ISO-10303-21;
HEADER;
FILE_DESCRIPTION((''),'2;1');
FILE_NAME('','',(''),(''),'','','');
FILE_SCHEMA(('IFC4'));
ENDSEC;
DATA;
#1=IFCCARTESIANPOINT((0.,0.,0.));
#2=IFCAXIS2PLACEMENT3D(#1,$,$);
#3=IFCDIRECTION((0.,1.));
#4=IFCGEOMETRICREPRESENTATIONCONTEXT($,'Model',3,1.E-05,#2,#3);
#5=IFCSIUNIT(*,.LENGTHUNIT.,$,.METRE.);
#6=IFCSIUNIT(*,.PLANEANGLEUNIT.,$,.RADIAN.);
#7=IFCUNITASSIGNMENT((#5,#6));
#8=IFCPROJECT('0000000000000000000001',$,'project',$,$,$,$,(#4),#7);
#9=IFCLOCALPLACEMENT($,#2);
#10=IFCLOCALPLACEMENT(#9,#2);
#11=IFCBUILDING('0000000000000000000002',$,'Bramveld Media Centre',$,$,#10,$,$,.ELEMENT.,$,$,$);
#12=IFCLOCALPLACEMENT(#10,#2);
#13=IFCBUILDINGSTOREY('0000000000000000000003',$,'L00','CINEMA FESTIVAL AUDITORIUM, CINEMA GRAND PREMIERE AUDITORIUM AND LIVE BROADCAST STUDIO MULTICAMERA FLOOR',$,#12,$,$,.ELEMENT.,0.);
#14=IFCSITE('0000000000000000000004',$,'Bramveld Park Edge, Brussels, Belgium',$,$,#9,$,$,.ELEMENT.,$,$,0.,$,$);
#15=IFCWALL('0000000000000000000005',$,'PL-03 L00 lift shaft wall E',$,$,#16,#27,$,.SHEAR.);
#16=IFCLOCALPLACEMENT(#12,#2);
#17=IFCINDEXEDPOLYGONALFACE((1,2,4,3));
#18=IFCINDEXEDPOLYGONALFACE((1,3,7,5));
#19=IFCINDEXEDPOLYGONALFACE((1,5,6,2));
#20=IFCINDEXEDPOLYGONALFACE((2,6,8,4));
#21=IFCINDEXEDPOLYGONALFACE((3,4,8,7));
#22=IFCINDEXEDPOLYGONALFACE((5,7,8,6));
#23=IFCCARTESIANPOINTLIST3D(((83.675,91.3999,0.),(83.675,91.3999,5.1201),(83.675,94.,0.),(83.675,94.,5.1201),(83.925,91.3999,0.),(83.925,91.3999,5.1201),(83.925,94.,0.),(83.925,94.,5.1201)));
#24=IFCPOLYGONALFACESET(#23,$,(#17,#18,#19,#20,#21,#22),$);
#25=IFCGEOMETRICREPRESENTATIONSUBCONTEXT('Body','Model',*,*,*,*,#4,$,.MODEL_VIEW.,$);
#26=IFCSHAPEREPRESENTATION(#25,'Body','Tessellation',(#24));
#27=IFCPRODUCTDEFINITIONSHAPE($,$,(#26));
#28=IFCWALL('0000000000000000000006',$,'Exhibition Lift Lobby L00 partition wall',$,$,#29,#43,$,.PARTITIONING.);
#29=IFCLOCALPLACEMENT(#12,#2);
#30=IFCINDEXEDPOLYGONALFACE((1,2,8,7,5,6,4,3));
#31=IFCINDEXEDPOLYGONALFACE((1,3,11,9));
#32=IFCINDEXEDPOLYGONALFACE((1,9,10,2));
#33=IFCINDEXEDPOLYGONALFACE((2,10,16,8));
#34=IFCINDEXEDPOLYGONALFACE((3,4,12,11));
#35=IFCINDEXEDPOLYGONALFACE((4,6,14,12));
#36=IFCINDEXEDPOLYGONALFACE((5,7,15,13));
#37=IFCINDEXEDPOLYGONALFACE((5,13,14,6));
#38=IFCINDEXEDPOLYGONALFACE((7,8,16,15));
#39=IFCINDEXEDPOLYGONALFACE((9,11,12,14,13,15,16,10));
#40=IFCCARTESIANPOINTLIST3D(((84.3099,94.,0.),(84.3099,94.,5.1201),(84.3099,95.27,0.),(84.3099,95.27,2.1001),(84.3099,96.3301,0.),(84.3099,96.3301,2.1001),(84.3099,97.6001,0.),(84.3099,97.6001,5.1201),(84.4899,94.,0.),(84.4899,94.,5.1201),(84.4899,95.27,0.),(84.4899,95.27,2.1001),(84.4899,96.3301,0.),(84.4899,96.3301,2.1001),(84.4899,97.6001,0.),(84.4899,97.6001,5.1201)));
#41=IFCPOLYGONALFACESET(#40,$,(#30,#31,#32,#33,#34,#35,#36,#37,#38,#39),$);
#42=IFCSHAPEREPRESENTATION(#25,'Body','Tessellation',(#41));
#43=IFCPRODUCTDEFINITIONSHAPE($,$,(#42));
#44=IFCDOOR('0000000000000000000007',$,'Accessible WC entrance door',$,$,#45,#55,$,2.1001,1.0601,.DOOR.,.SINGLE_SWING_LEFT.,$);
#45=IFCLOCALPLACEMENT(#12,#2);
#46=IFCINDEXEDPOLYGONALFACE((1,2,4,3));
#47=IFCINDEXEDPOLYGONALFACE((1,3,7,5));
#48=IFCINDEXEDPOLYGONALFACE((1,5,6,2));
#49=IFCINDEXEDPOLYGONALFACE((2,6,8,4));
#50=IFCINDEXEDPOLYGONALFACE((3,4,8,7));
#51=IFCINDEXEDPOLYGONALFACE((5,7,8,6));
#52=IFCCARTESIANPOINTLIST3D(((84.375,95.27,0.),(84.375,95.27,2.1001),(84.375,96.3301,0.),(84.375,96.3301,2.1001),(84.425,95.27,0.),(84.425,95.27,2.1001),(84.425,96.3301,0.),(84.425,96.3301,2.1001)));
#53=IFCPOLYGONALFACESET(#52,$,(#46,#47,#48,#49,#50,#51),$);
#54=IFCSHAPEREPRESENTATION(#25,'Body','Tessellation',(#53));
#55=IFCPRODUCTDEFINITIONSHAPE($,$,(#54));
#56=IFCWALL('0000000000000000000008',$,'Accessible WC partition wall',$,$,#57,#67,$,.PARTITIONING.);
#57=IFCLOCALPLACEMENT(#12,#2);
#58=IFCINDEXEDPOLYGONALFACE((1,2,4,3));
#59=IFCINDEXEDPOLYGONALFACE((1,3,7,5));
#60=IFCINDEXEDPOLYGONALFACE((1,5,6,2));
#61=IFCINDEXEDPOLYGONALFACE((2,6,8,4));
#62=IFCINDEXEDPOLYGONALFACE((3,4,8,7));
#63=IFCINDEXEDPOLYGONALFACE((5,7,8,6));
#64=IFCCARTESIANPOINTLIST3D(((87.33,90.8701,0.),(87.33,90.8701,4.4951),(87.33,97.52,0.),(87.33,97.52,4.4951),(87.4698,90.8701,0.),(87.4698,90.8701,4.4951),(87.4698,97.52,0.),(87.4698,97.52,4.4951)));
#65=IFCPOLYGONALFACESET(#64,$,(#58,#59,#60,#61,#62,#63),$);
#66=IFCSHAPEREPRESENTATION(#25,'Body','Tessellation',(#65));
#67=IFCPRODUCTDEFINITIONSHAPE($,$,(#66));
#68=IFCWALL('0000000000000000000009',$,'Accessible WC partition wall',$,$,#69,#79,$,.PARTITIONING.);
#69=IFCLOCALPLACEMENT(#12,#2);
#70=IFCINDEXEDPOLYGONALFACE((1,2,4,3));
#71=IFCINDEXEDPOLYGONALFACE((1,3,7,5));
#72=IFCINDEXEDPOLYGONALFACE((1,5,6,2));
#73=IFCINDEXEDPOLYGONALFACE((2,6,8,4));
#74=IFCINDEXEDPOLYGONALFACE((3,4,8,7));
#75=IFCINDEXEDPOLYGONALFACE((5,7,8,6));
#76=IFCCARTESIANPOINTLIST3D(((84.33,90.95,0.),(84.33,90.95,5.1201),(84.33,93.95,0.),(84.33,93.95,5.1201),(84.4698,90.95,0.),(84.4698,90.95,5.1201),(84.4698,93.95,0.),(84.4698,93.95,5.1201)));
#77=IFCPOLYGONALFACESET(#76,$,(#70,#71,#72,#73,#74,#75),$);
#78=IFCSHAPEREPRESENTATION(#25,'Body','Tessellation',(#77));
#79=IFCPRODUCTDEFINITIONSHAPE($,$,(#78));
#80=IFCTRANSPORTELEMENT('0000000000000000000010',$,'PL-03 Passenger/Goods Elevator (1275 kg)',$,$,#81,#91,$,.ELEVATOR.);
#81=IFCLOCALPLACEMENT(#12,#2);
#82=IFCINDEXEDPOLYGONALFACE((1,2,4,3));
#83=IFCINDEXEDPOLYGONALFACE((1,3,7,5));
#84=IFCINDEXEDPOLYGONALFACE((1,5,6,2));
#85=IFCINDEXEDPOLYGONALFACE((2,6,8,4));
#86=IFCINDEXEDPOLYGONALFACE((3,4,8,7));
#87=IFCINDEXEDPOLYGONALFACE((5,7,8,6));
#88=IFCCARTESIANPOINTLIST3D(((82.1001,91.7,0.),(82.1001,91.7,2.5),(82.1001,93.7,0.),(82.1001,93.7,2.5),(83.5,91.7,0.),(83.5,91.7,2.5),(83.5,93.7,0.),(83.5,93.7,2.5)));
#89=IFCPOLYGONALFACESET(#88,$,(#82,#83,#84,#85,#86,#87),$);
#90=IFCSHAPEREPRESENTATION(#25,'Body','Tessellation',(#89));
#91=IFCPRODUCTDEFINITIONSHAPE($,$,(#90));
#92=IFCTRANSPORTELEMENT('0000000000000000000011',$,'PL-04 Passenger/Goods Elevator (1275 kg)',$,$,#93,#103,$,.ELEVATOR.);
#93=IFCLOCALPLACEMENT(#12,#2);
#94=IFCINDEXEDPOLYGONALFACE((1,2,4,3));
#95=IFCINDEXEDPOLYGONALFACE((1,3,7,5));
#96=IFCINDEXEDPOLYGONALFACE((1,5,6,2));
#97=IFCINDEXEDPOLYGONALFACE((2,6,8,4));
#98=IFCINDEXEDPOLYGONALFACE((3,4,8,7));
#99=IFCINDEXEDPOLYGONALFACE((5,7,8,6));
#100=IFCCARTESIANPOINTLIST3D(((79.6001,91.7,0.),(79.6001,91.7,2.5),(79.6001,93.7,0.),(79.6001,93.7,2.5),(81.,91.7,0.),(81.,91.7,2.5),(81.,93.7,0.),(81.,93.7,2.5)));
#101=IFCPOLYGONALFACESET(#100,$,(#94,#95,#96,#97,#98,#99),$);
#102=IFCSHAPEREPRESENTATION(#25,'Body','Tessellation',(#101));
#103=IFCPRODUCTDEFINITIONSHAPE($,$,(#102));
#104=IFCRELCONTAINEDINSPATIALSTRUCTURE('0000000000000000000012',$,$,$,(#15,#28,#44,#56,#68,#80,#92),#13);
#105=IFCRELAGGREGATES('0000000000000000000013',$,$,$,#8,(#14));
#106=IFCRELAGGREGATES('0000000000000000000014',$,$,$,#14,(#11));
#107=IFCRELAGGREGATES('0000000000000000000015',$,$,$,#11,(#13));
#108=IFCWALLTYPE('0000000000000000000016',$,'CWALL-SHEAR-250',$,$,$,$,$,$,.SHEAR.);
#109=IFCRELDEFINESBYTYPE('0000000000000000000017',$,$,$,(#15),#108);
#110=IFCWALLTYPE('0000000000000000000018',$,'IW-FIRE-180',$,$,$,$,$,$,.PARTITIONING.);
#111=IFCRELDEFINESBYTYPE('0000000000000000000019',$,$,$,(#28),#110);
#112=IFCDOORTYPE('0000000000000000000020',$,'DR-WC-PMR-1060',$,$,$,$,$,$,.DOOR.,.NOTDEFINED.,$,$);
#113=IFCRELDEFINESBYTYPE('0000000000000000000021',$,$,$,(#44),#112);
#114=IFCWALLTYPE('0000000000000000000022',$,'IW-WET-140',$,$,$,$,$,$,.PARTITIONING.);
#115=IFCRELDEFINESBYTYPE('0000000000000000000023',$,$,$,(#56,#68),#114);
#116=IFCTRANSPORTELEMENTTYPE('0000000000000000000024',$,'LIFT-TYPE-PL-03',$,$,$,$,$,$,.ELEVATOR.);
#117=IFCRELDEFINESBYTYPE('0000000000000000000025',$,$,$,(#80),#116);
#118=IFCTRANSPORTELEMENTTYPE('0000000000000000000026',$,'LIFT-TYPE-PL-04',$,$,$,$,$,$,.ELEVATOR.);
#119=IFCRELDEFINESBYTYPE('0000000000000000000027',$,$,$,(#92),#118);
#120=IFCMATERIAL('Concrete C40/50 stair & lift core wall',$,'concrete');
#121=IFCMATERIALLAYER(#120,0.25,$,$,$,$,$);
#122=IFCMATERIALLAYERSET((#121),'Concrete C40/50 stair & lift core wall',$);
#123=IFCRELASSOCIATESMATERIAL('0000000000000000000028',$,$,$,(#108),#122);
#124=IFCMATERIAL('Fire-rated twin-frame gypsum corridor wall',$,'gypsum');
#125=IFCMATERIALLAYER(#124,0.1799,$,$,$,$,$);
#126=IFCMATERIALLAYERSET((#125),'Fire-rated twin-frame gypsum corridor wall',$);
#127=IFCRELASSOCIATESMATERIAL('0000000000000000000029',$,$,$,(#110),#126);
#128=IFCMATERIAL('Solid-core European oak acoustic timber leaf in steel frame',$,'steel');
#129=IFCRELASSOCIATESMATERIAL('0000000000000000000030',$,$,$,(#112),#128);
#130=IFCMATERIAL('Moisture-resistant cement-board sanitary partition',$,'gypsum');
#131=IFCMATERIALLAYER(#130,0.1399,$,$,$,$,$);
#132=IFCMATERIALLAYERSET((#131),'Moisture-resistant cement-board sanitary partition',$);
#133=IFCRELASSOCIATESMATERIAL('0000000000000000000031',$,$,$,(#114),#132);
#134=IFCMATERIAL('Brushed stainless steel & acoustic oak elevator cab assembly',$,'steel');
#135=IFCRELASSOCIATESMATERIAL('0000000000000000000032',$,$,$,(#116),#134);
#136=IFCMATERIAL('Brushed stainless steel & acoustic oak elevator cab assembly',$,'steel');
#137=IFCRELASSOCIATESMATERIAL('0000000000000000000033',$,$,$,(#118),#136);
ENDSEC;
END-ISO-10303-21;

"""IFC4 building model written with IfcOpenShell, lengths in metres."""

from ifc_helpers import new_model, si_unit, direction, frame, frame_2d, origin, origin_2d, place, context, subcontext, project, spatial, rectangle, extrude, material, layer, layer_set, type_object, element, fill, save


model = new_model("IFC4")

# Units and contexts
model_context = context("Model", 3, precision=1e-05, world=origin(), true_north=direction((0.0, 1.0)))
body_context = subcontext(model_context, "Body", "Model", "MODEL_VIEW")
ifc_project = project(units=[si_unit("LENGTHUNIT", "METRE"), si_unit("PLANEANGLEUNIT", "RADIAN")], contexts=[model_context])

# Site, building, storey
site_placement = place(None, origin())
site = spatial("IfcSite", under=ifc_project, at=site_placement, Name="Bramveld Park Edge, Brussels, Belgium", CompositionType="ELEMENT", RefElevation=0.0)
building_placement = place(site_placement, origin())
building = spatial("IfcBuilding", under=site, at=building_placement, Name="Bramveld Media Centre", CompositionType="ELEMENT")
storey_placement = place(building_placement, origin())
storey = spatial("IfcBuildingStorey", under=building, at=storey_placement, Name="L00", Description="CINEMA FESTIVAL AUDITORIUM, CINEMA GRAND PREMIERE AUDITORIUM AND LIVE BROADCAST STUDIO MULTICAMERA FLOOR", CompositionType="ELEMENT", Elevation=0.0)

# Shared definitions
ifc_material_1 = material(Name="Concrete C40/50 stair & lift core wall", Category="concrete")
ifc_layer_1 = layer(ifc_material_1, 0.25)
ifc_layer_set_1 = layer_set([ifc_layer_1], Name="Concrete C40/50 stair & lift core wall")
wall_type_1 = type_object("IfcWallType", Name="CWALL-SHEAR-250", PredefinedType="SHEAR", material=ifc_layer_set_1)

# Wall
for number, where, z_axis, x_axis, name in (
    (1, (83.8, 91.3999, 0.0), (0.0, 0.0, 1.0), (0.0, 1.0, 0.0), "PL-03 L00 lift shaft wall E"),
):
    element("IfcWall", number, at=place(storey_placement, frame(where, z_axis=z_axis, x_axis=x_axis)), inside=storey, type_object=wall_type_1, Name=name, PredefinedType="SHEAR", context=body_context, shape_type="SweptSolid", body=[
        extrude(rectangle(XDim=2.6001, YDim=0.25, at=frame_2d((1.3, 0.0))), origin(), (0.0, 0.0, 1.0), 5.1201),
    ])

# Wall, opening, door
ifc_material_2 = material(Name="Fire-rated twin-frame gypsum corridor wall", Category="gypsum")
ifc_layer_2 = layer(ifc_material_2, 0.1799)
ifc_layer_set_2 = layer_set([ifc_layer_2], Name="Fire-rated twin-frame gypsum corridor wall")
wall_type_2 = type_object("IfcWallType", Name="IW-FIRE-180", PredefinedType="PARTITIONING", material=ifc_layer_set_2)
wall_1_placement = place(storey_placement, frame((84.3999, 94.0, 0.0), z_axis=(0.0, 0.0, 1.0), x_axis=(0.0, 1.0, 0.0)))
wall_1 = element("IfcWall", 2, at=wall_1_placement, inside=storey, type_object=wall_type_2, Name="Exhibition Lift Lobby L00 partition wall", PredefinedType="PARTITIONING", context=body_context, shape_type="SweptSolid", body=[
    extrude(rectangle(XDim=3.6001, YDim=0.1799, at=frame_2d((1.8, 0.0))), origin(), (0.0, 0.0, 1.0), 5.1201),
])
opening_1_placement = place(wall_1_placement, frame((1.27, 0.0, 0.0)))
opening_1 = element("IfcOpeningElement", 3, at=opening_1_placement, cuts=wall_1, PredefinedType="OPENING", context=body_context, shape_type="SweptSolid", body=[
    extrude(rectangle(XDim=1.0601, YDim=2.1001, at=frame_2d((0.53, 1.05))), frame((0.0, 0.1021, 0.0), z_axis=(0.0, -1.0, 0.0), x_axis=(1.0, 0.0, 0.0)), (0.0, 0.0, 1.0), 0.2039),
])
ifc_material_3 = material(Name="Solid-core European oak acoustic timber leaf in steel frame", Category="steel")
door_type_1 = type_object("IfcDoorType", Name="DR-WC-PMR-1060", OperationType="NOTDEFINED", PredefinedType="DOOR", material=ifc_material_3)
door_1_placement = place(opening_1_placement, origin())
door_1 = element("IfcDoor", 4, at=door_1_placement, inside=storey, type_object=door_type_1, Name="Accessible WC entrance door", OperationType="SINGLE_SWING_LEFT", OverallHeight=2.1001, OverallWidth=1.0601, PredefinedType="DOOR", context=body_context, shape_type="SweptSolid", body=[
    extrude(rectangle(XDim=1.0601, YDim=2.1001, at=frame_2d((0.53, 1.05))), frame((0.0, 0.0249, 0.0), z_axis=(0.0, -1.0, 0.0), x_axis=(1.0, 0.0, 0.0)), (0.0, 0.0, 1.0), 0.05),
])
fill(opening_1, door_1)

# Walls
ifc_material_4 = material(Name="Moisture-resistant cement-board sanitary partition", Category="gypsum")
ifc_layer_3 = layer(ifc_material_4, 0.1399)
ifc_layer_set_3 = layer_set([ifc_layer_3], Name="Moisture-resistant cement-board sanitary partition")
wall_type_3 = type_object("IfcWallType", Name="IW-WET-140", PredefinedType="PARTITIONING", material=ifc_layer_set_3)
wall_2_placement = place(storey_placement, frame((87.3999, 90.8701, 0.0), z_axis=(0.0, 0.0, 1.0), x_axis=(0.0, 1.0, 0.0)))
element("IfcWall", 5, at=wall_2_placement, inside=storey, type_object=wall_type_3, Name="Accessible WC partition wall", PredefinedType="PARTITIONING", context=body_context, shape_type="SweptSolid", body=[
    extrude(rectangle(XDim=6.6499, YDim=0.1399, at=frame_2d((3.325, 0.0))), origin(), (0.0, 0.0, 1.0), 4.4951),
])
wall_3_placement = place(storey_placement, frame((84.3999, 90.95, 0.0), z_axis=(0.0, 0.0, 1.0), x_axis=(0.0, 1.0, 0.0)))
element("IfcWall", 6, at=wall_3_placement, inside=storey, type_object=wall_type_3, Name="Accessible WC partition wall", PredefinedType="PARTITIONING", context=body_context, shape_type="SweptSolid", body=[
    extrude(rectangle(XDim=3.0, YDim=0.1399, at=frame_2d((1.5, 0.0))), origin(), (0.0, 0.0, 1.0), 5.1201),
])

# Transport elements
ifc_material_5 = material(Name="Brushed stainless steel & acoustic oak elevator cab assembly", Category="steel")
transport_element_type_1 = type_object("IfcTransportElementType", Name="LIFT-TYPE-PL-03", PredefinedType="ELEVATOR", material=ifc_material_5)
transport_element_1_placement = place(storey_placement, frame((82.8, 92.7, 0.0), z_axis=(0.0, 0.0, 1.0), x_axis=(1.0, 0.0, 0.0)))
element("IfcTransportElement", 7, at=transport_element_1_placement, inside=storey, type_object=transport_element_type_1, Name="PL-03 Passenger/Goods Elevator (1275 kg)", PredefinedType="ELEVATOR", context=body_context, shape_type="SweptSolid", body=[
    extrude(rectangle(XDim=1.3999, YDim=2.0, at=origin_2d()), origin(), (0.0, 0.0, 1.0), 2.5),
])
ifc_material_6 = material(Name="Brushed stainless steel & acoustic oak elevator cab assembly", Category="steel")
transport_element_type_2 = type_object("IfcTransportElementType", Name="LIFT-TYPE-PL-04", PredefinedType="ELEVATOR", material=ifc_material_6)
transport_element_2_placement = place(storey_placement, frame((80.3, 92.7, 0.0), z_axis=(0.0, 0.0, 1.0), x_axis=(1.0, 0.0, 0.0)))
element("IfcTransportElement", 8, at=transport_element_2_placement, inside=storey, type_object=transport_element_type_2, Name="PL-04 Passenger/Goods Elevator (1275 kg)", PredefinedType="ELEVATOR", context=body_context, shape_type="SweptSolid", body=[
    extrude(rectangle(XDim=1.3999, YDim=2.0, at=origin_2d()), origin(), (0.0, 0.0, 1.0), 2.5),
])

save(model, "model.ifc")
